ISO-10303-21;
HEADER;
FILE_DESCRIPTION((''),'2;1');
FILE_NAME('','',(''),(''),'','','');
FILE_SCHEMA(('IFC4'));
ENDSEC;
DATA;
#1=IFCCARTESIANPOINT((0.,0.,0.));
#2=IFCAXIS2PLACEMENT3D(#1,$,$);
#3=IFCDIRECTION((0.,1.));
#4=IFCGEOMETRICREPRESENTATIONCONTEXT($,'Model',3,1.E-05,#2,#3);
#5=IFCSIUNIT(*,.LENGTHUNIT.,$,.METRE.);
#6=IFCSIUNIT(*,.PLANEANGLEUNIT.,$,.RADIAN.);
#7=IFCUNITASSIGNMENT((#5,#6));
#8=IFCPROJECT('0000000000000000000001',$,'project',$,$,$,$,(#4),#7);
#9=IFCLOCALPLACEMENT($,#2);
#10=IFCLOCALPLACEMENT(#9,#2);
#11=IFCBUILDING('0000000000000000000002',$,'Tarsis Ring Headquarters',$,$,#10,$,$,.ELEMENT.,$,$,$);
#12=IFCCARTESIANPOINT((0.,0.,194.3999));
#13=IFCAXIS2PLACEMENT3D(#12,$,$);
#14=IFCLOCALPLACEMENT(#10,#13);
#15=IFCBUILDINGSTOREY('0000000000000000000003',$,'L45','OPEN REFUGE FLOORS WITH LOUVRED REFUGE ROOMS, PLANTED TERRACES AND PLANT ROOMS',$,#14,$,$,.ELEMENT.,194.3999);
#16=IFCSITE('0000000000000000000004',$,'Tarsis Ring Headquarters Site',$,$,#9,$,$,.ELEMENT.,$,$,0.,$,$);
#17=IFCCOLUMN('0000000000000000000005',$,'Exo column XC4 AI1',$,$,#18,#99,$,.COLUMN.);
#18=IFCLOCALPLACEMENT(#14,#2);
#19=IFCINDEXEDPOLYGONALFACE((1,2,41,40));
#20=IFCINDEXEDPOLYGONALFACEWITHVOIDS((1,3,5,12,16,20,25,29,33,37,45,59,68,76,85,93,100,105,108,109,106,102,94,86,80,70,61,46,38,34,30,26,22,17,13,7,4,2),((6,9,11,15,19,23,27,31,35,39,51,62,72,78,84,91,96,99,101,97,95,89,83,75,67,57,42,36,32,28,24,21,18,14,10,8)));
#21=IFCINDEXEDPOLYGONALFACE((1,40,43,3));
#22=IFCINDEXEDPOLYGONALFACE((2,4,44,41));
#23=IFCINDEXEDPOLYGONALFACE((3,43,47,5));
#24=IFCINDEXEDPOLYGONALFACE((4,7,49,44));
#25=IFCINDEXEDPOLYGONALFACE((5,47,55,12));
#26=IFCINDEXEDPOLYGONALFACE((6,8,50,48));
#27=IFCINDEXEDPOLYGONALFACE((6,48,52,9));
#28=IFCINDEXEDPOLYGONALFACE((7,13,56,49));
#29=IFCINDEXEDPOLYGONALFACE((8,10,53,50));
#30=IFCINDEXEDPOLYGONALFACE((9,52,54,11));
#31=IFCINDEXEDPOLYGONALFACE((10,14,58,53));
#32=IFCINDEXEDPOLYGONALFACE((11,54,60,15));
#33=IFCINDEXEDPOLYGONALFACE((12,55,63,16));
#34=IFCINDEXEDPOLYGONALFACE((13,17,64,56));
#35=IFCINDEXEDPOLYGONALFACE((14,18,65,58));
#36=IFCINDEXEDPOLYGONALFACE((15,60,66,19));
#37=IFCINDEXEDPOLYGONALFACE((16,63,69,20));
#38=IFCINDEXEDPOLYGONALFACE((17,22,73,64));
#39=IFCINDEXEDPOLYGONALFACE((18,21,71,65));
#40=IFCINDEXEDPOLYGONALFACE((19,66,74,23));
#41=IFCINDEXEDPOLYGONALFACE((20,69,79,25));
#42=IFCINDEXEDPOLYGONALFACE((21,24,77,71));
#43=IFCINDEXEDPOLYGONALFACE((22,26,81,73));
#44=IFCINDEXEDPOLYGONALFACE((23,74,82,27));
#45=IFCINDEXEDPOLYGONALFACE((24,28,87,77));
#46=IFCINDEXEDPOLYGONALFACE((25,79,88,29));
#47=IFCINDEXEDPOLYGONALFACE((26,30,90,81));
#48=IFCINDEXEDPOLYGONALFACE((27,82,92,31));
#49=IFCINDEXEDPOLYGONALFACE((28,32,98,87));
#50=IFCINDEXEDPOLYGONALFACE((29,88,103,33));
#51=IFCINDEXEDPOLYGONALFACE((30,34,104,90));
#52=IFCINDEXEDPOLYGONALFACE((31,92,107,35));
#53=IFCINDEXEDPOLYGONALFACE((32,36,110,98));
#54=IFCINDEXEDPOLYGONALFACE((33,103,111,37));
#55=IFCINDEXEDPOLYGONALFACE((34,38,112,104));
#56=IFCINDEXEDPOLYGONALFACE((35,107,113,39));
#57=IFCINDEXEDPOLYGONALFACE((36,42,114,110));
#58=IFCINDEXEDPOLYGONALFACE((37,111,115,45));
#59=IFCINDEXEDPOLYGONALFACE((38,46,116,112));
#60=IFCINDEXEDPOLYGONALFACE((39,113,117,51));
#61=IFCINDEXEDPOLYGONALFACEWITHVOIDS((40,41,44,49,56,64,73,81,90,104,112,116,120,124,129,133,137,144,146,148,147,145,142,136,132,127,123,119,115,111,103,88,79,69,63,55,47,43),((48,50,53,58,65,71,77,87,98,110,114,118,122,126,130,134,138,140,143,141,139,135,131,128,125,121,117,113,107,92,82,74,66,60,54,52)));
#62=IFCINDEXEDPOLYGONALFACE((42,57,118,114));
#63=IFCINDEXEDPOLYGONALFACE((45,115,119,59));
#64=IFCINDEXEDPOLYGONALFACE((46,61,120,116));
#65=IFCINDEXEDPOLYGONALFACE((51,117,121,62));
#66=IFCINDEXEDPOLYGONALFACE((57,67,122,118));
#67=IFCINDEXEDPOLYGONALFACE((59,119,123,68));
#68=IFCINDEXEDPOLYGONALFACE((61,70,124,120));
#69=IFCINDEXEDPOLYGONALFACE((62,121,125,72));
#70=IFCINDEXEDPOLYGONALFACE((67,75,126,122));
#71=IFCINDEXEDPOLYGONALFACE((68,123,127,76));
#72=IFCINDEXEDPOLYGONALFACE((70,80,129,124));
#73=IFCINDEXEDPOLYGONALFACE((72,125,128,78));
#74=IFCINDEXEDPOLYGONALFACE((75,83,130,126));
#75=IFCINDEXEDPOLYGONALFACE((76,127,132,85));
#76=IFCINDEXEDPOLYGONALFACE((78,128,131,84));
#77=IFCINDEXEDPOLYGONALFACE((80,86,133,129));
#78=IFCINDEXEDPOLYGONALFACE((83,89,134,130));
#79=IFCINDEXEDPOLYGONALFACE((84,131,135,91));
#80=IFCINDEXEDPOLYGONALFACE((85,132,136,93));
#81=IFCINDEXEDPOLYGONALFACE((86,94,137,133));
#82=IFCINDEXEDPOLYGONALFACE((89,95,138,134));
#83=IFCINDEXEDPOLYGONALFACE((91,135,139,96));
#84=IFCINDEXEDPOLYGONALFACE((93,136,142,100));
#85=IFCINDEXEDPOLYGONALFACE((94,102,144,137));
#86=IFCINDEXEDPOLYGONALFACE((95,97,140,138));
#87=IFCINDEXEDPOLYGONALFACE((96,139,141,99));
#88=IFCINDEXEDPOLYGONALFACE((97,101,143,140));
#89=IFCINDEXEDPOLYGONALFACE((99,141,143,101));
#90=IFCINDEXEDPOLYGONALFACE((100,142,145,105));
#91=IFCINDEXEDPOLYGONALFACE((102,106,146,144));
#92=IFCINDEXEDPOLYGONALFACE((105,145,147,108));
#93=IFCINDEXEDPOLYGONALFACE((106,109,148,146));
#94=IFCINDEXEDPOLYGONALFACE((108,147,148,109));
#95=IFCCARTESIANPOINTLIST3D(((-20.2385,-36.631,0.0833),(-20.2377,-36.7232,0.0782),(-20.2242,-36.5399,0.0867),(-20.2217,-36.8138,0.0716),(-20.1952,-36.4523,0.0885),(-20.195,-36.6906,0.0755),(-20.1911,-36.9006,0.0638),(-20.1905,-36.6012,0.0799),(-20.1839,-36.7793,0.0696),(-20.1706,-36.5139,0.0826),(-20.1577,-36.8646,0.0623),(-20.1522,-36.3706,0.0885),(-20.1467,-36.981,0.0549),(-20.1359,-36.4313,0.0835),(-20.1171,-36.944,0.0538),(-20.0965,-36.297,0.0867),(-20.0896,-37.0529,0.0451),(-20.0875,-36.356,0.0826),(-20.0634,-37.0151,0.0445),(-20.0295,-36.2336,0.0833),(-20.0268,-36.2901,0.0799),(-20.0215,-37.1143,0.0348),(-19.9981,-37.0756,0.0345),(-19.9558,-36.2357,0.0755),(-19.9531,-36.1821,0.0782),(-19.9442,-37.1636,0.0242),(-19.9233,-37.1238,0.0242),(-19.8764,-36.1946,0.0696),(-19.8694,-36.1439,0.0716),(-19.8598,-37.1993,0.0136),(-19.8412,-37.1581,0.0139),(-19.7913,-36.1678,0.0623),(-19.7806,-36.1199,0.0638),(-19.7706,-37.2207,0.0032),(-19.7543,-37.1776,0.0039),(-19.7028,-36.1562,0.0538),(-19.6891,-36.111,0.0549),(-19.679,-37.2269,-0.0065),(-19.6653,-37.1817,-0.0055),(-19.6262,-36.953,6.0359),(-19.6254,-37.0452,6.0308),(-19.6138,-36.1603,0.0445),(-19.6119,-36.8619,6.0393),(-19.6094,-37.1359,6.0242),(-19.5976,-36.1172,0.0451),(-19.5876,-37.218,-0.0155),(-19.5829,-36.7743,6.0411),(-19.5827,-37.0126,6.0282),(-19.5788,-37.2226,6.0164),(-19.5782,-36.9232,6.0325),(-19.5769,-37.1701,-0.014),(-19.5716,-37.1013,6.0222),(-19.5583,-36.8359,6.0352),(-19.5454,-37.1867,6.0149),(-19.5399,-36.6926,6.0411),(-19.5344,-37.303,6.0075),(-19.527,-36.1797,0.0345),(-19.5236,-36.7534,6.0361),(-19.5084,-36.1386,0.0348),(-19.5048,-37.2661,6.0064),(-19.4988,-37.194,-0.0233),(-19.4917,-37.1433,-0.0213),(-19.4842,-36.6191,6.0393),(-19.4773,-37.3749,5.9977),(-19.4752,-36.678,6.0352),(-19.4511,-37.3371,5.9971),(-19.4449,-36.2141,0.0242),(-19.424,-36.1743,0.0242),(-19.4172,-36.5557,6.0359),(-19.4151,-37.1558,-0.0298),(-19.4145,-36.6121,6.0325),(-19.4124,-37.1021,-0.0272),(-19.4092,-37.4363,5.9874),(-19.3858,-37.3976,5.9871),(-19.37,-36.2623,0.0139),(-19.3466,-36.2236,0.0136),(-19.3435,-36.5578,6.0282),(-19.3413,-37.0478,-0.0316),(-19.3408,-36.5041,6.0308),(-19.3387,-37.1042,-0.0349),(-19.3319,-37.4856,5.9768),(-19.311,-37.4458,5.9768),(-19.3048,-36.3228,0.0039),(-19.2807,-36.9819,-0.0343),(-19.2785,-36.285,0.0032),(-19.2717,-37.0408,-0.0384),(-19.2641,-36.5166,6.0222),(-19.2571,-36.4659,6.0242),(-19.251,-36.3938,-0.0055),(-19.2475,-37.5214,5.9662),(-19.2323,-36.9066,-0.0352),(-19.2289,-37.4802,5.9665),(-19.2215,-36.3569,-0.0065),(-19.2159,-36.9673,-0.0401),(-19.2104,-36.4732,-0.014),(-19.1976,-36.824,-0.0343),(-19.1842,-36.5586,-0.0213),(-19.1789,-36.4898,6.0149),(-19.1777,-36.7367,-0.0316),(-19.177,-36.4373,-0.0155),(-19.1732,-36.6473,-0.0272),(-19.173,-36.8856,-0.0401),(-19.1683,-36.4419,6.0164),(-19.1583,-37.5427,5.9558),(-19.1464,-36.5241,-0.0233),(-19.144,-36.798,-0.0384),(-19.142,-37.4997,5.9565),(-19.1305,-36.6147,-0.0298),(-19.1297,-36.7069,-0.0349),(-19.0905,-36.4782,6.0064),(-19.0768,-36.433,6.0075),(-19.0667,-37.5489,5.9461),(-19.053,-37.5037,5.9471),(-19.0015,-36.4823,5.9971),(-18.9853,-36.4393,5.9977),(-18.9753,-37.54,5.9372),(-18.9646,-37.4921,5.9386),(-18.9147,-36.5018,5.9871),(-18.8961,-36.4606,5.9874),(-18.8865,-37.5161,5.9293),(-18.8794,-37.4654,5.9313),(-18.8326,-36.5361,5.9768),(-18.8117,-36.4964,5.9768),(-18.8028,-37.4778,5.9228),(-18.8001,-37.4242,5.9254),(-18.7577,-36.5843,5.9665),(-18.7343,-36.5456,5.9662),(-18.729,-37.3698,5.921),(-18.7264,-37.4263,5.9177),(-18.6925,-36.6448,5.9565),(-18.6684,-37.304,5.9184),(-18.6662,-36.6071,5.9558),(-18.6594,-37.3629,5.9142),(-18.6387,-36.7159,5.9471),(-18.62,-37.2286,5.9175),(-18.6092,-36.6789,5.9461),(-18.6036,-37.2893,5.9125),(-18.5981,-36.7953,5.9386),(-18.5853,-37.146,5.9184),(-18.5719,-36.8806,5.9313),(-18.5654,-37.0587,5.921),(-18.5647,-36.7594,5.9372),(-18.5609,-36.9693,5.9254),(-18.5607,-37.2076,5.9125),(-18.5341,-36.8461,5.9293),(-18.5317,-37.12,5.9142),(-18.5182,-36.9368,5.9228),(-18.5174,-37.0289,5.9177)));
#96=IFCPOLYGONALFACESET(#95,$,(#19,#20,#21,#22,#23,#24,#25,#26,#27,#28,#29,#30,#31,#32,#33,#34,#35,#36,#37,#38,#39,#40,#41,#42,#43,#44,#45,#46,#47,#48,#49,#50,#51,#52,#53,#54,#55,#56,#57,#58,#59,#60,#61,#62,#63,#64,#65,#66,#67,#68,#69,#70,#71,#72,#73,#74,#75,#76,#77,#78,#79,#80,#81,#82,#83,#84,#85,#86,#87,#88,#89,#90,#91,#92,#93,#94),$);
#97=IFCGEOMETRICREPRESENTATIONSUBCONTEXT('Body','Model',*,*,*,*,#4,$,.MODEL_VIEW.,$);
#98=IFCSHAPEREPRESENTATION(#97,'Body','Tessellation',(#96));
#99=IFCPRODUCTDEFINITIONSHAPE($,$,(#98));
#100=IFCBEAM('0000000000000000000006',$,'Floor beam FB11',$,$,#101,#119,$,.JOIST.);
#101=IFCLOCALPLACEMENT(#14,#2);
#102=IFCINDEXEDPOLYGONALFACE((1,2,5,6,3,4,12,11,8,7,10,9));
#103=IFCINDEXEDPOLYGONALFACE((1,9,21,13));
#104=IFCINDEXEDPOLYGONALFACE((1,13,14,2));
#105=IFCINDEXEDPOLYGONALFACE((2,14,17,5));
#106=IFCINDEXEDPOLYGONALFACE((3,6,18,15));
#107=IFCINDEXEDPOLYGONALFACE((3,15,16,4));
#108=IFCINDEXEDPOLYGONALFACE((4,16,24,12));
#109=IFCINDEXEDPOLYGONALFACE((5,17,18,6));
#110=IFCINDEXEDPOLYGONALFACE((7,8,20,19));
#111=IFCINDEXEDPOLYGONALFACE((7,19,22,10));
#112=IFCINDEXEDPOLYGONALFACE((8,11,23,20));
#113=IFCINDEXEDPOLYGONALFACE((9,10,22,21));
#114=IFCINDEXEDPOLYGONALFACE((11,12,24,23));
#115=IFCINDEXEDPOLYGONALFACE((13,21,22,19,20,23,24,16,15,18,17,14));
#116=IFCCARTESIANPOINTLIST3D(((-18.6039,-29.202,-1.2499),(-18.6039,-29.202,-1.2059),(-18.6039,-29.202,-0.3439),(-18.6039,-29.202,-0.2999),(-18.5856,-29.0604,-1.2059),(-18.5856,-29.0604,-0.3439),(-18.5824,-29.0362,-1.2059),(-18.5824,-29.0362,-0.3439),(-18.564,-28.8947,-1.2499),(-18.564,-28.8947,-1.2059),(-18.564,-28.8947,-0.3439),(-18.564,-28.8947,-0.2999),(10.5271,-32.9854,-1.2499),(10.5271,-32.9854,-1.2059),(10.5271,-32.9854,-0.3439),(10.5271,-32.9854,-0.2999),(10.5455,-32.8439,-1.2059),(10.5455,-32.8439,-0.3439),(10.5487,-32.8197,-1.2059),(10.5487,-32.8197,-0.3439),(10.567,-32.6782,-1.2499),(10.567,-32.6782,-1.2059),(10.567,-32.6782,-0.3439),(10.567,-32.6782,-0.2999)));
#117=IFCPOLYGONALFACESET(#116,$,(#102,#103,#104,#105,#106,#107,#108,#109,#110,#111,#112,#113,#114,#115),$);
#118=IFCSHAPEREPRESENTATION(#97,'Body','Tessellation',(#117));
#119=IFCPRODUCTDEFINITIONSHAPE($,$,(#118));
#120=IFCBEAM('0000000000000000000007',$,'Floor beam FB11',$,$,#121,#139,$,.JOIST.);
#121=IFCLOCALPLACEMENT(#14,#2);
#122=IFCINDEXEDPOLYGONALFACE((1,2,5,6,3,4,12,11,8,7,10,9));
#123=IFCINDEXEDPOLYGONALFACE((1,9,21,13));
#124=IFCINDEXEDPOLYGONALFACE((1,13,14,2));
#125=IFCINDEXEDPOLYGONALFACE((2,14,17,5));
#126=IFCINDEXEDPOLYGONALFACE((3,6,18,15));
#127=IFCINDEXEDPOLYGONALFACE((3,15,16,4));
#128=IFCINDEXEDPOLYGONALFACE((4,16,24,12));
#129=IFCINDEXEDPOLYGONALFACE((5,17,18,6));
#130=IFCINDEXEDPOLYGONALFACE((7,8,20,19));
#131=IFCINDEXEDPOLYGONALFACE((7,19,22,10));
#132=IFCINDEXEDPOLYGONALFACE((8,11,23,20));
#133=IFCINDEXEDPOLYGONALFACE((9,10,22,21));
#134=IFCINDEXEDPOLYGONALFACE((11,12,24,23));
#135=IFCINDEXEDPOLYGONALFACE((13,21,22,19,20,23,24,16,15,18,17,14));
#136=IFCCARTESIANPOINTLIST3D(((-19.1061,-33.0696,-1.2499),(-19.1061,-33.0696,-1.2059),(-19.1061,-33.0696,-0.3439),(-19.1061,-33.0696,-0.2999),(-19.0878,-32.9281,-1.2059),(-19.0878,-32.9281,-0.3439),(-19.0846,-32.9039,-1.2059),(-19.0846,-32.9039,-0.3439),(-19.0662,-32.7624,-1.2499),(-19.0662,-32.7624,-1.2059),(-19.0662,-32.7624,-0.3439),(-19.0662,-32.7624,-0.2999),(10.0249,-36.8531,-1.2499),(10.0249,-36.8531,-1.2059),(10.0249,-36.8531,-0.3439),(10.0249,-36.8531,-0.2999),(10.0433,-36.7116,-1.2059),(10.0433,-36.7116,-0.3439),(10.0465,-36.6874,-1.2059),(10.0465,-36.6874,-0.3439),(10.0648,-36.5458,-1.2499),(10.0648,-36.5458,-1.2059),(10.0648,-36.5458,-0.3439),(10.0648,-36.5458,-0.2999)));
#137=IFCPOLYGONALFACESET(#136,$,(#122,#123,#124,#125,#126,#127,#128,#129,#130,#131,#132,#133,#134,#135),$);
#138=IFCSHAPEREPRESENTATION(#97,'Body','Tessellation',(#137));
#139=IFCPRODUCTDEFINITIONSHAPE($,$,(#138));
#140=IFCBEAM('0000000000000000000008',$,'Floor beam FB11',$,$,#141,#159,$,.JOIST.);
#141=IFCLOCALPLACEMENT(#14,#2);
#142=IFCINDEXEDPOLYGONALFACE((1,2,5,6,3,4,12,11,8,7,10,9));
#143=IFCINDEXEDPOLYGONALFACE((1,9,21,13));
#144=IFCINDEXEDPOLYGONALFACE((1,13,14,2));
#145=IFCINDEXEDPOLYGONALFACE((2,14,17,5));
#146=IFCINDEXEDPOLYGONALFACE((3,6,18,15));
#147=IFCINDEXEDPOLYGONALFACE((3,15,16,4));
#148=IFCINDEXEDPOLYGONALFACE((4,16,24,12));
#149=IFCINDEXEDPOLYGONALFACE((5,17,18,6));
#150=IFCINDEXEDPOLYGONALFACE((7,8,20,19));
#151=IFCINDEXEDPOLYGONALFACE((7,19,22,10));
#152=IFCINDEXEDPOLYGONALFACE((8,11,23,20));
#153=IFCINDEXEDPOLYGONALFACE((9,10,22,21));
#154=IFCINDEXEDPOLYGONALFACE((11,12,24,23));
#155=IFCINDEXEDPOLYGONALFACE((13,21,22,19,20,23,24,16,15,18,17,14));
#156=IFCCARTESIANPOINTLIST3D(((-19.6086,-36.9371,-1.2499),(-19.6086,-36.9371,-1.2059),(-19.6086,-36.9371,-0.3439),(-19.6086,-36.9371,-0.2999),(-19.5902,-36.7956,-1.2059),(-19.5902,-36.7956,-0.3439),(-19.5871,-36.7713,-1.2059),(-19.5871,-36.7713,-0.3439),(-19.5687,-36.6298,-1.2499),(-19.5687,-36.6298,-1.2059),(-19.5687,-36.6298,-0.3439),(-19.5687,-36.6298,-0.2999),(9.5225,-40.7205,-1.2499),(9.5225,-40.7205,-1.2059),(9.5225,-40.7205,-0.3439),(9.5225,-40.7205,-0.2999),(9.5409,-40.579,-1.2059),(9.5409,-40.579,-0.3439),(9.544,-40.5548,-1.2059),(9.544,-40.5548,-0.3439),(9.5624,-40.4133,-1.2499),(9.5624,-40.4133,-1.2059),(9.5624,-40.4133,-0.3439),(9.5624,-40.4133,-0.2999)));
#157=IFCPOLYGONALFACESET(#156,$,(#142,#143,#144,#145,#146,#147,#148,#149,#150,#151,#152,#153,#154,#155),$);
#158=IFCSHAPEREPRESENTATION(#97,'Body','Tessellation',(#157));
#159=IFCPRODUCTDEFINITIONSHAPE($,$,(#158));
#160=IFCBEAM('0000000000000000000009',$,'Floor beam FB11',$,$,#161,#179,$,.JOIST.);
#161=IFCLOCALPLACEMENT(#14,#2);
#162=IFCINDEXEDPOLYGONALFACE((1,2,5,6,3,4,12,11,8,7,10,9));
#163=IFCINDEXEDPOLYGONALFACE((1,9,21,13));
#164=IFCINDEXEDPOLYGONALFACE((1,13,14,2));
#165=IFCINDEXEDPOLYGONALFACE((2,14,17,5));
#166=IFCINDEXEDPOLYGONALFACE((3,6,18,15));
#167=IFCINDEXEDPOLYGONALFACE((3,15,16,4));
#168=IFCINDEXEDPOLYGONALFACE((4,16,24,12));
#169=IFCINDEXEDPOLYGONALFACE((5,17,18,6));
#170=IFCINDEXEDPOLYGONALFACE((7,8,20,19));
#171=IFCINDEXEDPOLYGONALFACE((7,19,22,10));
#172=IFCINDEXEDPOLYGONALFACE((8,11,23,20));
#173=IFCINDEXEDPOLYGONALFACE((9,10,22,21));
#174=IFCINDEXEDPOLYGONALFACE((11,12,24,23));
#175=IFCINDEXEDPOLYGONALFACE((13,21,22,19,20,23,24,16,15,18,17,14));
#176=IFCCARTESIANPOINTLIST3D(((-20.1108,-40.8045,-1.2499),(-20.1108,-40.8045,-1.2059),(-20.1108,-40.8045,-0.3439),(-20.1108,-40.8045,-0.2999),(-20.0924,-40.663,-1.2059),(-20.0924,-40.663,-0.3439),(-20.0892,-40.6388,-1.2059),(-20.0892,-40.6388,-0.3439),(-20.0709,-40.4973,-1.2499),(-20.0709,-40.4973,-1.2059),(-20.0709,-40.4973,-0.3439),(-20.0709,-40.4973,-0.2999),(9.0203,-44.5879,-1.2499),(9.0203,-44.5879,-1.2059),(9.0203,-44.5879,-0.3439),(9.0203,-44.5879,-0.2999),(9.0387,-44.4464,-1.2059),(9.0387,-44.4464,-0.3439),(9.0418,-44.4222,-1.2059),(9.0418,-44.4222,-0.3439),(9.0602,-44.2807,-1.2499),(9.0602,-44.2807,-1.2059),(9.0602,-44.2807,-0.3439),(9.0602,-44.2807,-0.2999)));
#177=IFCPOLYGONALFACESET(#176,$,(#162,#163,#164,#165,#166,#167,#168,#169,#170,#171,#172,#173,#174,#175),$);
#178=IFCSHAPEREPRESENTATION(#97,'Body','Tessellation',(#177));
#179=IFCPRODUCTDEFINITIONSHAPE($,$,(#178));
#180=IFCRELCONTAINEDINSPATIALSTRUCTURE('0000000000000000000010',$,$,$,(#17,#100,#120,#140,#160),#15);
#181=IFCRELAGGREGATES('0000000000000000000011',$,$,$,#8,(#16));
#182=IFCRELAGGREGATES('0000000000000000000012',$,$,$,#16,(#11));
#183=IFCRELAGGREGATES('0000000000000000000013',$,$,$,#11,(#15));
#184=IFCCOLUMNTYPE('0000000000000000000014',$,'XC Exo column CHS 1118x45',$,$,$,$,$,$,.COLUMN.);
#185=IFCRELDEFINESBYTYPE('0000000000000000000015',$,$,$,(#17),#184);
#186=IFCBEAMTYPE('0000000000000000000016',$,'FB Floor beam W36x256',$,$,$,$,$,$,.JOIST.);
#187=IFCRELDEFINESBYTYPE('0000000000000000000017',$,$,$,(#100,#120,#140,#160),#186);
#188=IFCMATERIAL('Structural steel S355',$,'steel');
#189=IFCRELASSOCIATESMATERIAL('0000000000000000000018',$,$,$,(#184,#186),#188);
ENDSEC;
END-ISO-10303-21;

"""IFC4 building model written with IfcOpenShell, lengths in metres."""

from ifc_helpers import new_model, si_unit, direction, frame, origin, origin_2d, place, context, subcontext, project, spatial, hollow_circle, i_section, extrude, material, material_profile, profile_set, type_object, element, save


model = new_model("IFC4")

# Units and contexts
model_context = context("Model", 3, precision=1e-05, world=origin(), true_north=direction((0.0, 1.0)))
body_context = subcontext(model_context, "Body", "Model", "MODEL_VIEW")
ifc_project = project(units=[si_unit("LENGTHUNIT", "METRE"), si_unit("PLANEANGLEUNIT", "RADIAN")], contexts=[model_context])

# Site, building, storey
site_placement = place(None, origin())
site = spatial("IfcSite", under=ifc_project, at=site_placement, Name="Tarsis Ring Headquarters Site", CompositionType="ELEMENT", RefElevation=0.0)
building_placement = place(site_placement, origin())
building = spatial("IfcBuilding", under=site, at=building_placement, Name="Tarsis Ring Headquarters", CompositionType="ELEMENT")
storey_placement = place(building_placement, frame((0.0, 0.0, 194.3999)))
storey = spatial("IfcBuildingStorey", under=building, at=storey_placement, Name="L45", Description="OPEN REFUGE FLOORS WITH LOUVRED REFUGE ROOMS, PLANTED TERRACES AND PLANT ROOMS", CompositionType="ELEMENT", Elevation=194.3999)

# Column
ifc_material_1 = material(Name="Structural steel S355", Category="steel")
ifc_material_profile_1 = material_profile(ifc_material_1, hollow_circle(Radius=0.5588, WallThickness=0.0449, at=origin_2d()), Name="CHS 1118x45")
ifc_profile_set_1 = profile_set([ifc_material_profile_1], Name="Structural steel S355")
column_type = type_object("IfcColumnType", Name="XC Exo column CHS 1118x45", PredefinedType="COLUMN", material=ifc_profile_set_1)
column_placement = place(storey_placement, frame((-19.6841, -36.6689, 0.0242), z_axis=(0.102175, -0.053736, 0.993314), x_axis=(0.46547, 0.885064, 0.0)))
element("IfcColumn", 1, at=column_placement, inside=storey, type_object=column_type, Name="Exo column XC4 AI1", PredefinedType="COLUMN", context=body_context, shape_type="SweptSolid", body=[
    extrude(hollow_circle(Radius=0.5588, WallThickness=0.0449, at=origin_2d()), origin(), (0.0, 0.0, 1.0), 5.9927),
])

# Beams
ifc_material_profile_2 = material_profile(ifc_material_1, i_section(OverallWidth=0.3098, OverallDepth=0.95, WebThickness=0.0244, FlangeThickness=0.0439, at=origin_2d()), Name="W36x256")
ifc_profile_set_2 = profile_set([ifc_material_profile_2], Name="Structural steel S355")
beam_type_1 = type_object("IfcBeamType", Name="FB Floor beam W36x256", PredefinedType="JOIST", material=ifc_profile_set_2)
for number, where, z_axis, x_axis, name in (
    (2, (-18.584, -29.0483, -0.7749), (0.991671, -0.128795, 0.0), (0.128795, 0.991671, 0.0), "Floor beam FB11"),
    (3, (-19.0862, -32.916, -0.7749), (0.991671, -0.128795, 0.0), (0.128795, 0.991671, 0.0), "Floor beam FB11"),
    (4, (-19.5886, -36.7834, -0.7749), (0.991671, -0.128795, 0.0), (0.128795, 0.991671, 0.0), "Floor beam FB11"),
    (5, (-20.0908, -40.6509, -0.7749), (0.991671, -0.128795, 0.0), (0.128795, 0.991671, 0.0), "Floor beam FB11"),
):
    element("IfcBeam", number, at=place(storey_placement, frame(where, z_axis=z_axis, x_axis=x_axis)), inside=storey, type_object=beam_type_1, Name=name, PredefinedType="JOIST", context=body_context, shape_type="SweptSolid", body=[
        extrude(i_section(OverallWidth=0.3098, OverallDepth=0.95, WebThickness=0.0244, FlangeThickness=0.0439, at=origin_2d()), origin(), (0.0, 0.0, 1.0), 29.3757),
    ])

save(model, "model.ifc")
